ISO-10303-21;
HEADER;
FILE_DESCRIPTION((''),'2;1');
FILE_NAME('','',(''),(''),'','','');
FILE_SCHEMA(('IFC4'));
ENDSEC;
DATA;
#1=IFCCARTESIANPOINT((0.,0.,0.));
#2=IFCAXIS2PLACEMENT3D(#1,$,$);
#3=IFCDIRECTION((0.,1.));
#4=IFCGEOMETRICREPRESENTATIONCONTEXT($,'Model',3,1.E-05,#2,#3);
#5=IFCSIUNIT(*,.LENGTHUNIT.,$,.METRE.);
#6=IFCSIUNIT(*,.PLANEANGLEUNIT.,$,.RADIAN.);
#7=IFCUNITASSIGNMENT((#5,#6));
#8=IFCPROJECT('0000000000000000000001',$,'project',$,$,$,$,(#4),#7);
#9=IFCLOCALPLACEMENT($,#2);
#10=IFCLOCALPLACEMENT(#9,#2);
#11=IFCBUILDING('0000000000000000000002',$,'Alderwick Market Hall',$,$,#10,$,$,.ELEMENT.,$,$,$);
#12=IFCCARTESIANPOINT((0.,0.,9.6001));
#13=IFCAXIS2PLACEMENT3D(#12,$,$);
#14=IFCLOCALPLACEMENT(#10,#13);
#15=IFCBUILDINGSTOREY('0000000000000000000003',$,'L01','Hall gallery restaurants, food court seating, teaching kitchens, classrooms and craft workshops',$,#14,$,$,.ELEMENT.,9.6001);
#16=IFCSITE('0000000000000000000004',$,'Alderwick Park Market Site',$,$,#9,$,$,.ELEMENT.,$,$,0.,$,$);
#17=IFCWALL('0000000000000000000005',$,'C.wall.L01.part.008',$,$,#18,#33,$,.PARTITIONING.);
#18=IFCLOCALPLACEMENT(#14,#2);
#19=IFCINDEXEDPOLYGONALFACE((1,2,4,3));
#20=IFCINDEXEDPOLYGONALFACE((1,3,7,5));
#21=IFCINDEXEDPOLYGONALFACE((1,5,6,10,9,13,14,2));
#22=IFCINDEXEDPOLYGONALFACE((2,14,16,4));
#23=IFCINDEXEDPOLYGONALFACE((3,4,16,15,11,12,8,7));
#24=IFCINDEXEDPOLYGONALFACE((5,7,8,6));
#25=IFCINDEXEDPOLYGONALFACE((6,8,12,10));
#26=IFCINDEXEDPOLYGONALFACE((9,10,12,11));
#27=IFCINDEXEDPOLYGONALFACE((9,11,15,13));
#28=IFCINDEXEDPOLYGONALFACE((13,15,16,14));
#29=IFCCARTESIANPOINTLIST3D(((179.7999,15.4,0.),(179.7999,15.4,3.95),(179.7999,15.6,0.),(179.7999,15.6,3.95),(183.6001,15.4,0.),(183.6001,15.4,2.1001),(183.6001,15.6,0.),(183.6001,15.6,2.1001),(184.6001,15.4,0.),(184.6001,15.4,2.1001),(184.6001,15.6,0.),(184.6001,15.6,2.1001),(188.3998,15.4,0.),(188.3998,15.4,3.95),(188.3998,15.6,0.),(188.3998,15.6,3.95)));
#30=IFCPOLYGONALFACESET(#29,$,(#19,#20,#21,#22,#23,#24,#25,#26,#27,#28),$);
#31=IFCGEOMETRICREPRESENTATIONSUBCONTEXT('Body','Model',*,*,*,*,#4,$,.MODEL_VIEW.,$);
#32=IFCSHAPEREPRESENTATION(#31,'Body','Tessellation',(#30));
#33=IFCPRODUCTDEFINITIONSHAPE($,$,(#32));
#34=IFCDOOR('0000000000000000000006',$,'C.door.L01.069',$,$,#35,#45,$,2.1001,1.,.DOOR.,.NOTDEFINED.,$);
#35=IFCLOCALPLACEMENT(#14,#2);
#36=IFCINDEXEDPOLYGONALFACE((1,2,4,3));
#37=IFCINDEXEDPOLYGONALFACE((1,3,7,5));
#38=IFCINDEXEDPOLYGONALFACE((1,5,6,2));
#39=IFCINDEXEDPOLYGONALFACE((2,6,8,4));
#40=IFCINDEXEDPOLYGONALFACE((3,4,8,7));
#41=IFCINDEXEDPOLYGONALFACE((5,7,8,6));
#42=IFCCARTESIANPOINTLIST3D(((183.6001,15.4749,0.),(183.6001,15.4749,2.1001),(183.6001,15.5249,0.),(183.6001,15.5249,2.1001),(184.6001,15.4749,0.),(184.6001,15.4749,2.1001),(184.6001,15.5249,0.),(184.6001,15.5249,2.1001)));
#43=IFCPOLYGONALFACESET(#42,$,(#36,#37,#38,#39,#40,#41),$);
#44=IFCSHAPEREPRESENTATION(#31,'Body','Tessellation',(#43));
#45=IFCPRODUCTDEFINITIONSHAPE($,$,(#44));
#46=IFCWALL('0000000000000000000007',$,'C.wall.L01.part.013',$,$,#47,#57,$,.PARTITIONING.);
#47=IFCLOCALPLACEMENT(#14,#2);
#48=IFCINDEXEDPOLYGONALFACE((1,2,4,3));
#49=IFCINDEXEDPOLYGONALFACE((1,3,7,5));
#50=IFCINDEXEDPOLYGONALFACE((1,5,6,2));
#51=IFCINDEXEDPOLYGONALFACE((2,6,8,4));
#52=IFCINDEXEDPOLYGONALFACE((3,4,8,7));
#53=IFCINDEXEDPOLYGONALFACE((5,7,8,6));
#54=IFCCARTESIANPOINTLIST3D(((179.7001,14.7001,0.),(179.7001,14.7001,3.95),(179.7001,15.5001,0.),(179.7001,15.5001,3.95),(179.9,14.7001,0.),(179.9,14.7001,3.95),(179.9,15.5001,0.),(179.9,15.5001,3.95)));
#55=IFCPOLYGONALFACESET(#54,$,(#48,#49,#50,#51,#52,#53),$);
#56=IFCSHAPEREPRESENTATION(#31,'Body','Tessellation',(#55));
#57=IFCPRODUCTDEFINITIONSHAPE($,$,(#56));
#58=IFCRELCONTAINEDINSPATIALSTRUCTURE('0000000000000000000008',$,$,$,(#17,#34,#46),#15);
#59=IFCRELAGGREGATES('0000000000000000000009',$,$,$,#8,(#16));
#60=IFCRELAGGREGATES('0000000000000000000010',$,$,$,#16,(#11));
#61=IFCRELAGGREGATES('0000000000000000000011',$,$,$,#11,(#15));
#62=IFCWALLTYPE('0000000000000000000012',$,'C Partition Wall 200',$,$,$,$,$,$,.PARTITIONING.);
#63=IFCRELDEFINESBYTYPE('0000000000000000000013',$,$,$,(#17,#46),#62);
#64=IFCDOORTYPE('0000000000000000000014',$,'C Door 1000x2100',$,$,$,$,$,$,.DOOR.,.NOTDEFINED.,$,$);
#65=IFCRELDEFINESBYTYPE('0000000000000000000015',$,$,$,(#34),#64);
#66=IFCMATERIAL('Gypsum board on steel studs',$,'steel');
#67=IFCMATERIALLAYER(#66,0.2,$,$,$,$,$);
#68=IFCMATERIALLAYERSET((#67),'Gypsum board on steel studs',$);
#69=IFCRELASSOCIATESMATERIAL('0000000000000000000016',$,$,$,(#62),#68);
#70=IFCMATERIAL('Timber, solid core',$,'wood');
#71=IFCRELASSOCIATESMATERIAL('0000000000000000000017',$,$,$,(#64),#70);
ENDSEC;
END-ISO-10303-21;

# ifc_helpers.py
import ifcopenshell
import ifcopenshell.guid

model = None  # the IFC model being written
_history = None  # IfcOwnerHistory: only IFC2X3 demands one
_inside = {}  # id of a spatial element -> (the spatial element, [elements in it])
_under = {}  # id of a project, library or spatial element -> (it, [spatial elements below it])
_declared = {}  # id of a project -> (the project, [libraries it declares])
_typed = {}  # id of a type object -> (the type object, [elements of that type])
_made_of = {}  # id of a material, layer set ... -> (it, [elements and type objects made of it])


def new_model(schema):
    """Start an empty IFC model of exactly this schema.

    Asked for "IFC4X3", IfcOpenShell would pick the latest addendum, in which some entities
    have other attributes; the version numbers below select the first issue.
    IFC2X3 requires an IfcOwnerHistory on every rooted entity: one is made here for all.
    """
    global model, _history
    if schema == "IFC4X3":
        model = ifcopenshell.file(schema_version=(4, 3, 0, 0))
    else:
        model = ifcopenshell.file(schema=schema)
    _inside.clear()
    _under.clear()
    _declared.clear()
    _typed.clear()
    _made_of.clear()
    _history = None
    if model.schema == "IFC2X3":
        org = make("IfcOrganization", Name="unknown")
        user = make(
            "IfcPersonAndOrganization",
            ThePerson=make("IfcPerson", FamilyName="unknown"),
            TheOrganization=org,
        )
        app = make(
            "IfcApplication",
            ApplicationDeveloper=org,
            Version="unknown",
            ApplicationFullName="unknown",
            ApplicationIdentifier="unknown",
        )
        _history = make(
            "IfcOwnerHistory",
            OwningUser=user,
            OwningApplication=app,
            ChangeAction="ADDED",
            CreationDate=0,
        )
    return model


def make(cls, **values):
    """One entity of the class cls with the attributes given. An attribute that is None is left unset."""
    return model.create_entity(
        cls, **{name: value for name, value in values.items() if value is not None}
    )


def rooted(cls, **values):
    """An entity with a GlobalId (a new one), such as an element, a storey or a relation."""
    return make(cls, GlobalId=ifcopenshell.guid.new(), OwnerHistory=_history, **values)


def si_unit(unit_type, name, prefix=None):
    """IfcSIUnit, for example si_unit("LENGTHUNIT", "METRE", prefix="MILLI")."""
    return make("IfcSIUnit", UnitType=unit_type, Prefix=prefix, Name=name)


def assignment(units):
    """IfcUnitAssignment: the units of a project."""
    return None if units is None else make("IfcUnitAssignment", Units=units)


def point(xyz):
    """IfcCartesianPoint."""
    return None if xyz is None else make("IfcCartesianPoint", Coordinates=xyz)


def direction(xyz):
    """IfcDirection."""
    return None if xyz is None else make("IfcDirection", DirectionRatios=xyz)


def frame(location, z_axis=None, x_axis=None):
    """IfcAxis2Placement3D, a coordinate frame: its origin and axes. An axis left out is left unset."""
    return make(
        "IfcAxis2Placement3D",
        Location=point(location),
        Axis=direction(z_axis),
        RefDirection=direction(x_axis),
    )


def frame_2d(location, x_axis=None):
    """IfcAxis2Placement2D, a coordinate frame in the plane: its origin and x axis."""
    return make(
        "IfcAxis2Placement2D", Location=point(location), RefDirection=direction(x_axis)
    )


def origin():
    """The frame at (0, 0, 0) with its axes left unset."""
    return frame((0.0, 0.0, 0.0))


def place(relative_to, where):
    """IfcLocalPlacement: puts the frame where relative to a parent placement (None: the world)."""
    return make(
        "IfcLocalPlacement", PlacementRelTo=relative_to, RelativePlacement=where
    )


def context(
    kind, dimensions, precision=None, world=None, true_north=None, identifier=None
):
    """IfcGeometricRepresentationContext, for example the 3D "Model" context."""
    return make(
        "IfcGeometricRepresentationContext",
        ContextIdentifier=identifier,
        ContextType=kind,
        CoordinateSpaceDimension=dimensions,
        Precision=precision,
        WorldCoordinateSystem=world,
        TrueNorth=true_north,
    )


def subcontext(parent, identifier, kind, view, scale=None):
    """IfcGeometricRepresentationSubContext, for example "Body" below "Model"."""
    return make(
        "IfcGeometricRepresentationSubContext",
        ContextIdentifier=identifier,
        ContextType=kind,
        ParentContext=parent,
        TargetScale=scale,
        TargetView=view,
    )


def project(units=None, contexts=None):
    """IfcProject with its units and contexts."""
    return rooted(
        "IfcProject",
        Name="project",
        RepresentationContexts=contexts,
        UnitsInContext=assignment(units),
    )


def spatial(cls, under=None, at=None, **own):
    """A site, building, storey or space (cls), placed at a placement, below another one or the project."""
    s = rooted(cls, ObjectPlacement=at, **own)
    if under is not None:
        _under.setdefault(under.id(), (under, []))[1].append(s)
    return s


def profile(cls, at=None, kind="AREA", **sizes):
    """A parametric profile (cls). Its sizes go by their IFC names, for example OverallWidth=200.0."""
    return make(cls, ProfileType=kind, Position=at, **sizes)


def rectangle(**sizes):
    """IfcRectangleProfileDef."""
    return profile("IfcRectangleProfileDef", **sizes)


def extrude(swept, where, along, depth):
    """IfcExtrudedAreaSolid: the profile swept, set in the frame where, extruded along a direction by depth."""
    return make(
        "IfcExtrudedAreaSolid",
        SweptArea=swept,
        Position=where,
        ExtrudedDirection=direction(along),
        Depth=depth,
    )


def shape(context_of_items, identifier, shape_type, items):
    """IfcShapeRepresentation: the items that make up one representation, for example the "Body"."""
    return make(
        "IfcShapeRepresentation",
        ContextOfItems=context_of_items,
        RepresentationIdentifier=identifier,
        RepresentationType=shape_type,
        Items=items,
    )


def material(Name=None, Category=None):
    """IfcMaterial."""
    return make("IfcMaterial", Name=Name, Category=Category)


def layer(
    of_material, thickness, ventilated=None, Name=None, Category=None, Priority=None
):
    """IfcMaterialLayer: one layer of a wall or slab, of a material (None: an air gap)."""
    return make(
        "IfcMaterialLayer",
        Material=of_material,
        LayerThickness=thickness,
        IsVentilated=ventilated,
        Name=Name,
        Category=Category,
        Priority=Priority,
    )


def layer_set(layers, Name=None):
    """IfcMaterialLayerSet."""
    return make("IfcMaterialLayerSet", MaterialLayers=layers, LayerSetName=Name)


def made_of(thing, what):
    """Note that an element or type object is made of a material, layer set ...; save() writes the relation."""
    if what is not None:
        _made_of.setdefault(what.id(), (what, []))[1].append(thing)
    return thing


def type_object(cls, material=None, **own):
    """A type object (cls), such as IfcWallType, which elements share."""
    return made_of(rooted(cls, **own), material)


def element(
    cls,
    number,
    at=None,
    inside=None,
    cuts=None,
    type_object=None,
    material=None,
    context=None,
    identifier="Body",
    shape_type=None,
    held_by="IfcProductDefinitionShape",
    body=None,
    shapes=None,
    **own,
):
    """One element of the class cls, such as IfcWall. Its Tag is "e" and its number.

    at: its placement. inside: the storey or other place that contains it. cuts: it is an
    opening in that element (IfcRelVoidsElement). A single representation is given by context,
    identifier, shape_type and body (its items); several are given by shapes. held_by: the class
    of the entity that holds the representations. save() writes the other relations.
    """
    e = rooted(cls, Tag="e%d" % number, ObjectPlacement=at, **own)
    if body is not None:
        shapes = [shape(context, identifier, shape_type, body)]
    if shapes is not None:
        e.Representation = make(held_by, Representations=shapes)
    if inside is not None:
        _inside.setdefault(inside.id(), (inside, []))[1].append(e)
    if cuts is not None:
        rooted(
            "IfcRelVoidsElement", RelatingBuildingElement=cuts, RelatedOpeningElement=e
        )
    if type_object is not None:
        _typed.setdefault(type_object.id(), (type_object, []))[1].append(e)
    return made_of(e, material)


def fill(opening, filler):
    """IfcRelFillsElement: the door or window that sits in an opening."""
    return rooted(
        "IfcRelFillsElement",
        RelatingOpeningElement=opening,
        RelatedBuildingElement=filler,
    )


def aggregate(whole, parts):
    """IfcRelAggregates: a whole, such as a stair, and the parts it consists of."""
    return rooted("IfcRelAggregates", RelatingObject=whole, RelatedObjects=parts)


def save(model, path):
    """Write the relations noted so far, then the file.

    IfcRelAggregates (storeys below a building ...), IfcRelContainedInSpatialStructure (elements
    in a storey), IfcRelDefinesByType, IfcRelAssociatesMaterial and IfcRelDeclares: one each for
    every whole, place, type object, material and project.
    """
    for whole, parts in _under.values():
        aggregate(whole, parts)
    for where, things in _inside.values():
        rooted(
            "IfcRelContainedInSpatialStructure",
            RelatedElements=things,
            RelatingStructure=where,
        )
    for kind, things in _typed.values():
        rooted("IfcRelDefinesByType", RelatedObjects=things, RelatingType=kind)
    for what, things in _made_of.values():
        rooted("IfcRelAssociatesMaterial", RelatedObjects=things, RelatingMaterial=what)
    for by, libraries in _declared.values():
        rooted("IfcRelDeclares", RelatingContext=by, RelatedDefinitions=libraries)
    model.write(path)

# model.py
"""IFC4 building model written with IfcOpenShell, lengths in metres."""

from ifc_helpers import new_model, si_unit, direction, frame, frame_2d, origin, place, context, subcontext, project, spatial, rectangle, extrude, material, layer, layer_set, type_object, element, fill, save


model = new_model("IFC4")

# Units and contexts
model_context = context("Model", 3, precision=1e-05, world=origin(), true_north=direction((0.0, 1.0)))
body_context = subcontext(model_context, "Body", "Model", "MODEL_VIEW")
ifc_project = project(units=[si_unit("LENGTHUNIT", "METRE"), si_unit("PLANEANGLEUNIT", "RADIAN")], contexts=[model_context])

# Site, building, storey
site_placement = place(None, origin())
site = spatial("IfcSite", under=ifc_project, at=site_placement, Name="Alderwick Park Market Site", CompositionType="ELEMENT", RefElevation=0.0)
building_placement = place(site_placement, origin())
building = spatial("IfcBuilding", under=site, at=building_placement, Name="Alderwick Market Hall", CompositionType="ELEMENT")
storey_placement = place(building_placement, frame((0.0, 0.0, 9.6001)))
storey = spatial("IfcBuildingStorey", under=building, at=storey_placement, Name="L01", Description="Hall gallery restaurants, food court seating, teaching kitchens, classrooms and craft workshops", CompositionType="ELEMENT", Elevation=9.6001)

# Shared definitions
ifc_material_1 = material(Name="Gypsum board on steel studs", Category="steel")

# Wall, opening, door
ifc_layer_1 = layer(ifc_material_1, 0.2)
ifc_layer_set_1 = layer_set([ifc_layer_1], Name="Gypsum board on steel studs")
wall_type_1 = type_object("IfcWallType", Name="C Partition Wall 200", PredefinedType="PARTITIONING", material=ifc_layer_set_1)
wall_1_placement = place(storey_placement, frame((179.8, 15.5, 0.0), z_axis=(0.0, 0.0, 1.0), x_axis=(1.0, 0.0, 0.0)))
wall_1 = element("IfcWall", 1, at=wall_1_placement, inside=storey, type_object=wall_type_1, Name="C.wall.L01.part.008", PredefinedType="PARTITIONING", context=body_context, shape_type="SweptSolid", body=[
    extrude(rectangle(XDim=8.5999, YDim=0.2, at=frame_2d((4.2998, 0.0))), origin(), (0.0, 0.0, 1.0), 3.95),
])
opening_1_placement = place(wall_1_placement, frame((3.8, 0.0, 0.0)))
opening_1 = element("IfcOpeningElement", 2, at=opening_1_placement, cuts=wall_1, PredefinedType="OPENING", context=body_context, shape_type="SweptSolid", body=[
    extrude(rectangle(XDim=1.0, YDim=2.1001, at=frame_2d((0.5, 1.05))), frame((0.0, 0.1099, 0.0), z_axis=(0.0, -1.0, 0.0), x_axis=(1.0, 0.0, 0.0)), (0.0, 0.0, 1.0), 0.22),
])
ifc_material_2 = material(Name="Timber, solid core", Category="wood")
door_type_1 = type_object("IfcDoorType", Name="C Door 1000x2100", OperationType="NOTDEFINED", PredefinedType="DOOR", material=ifc_material_2)
door_1_placement = place(opening_1_placement, origin())
door_1 = element("IfcDoor", 3, at=door_1_placement, inside=storey, type_object=door_type_1, Name="C.door.L01.069", OperationType="NOTDEFINED", OverallHeight=2.1001, OverallWidth=1.0, PredefinedType="DOOR", context=body_context, shape_type="SweptSolid", body=[
    extrude(rectangle(XDim=1.0, YDim=2.1001, at=frame_2d((0.5, 1.05))), frame((0.0, 0.0249, 0.0), z_axis=(0.0, -1.0, 0.0), x_axis=(1.0, 0.0, 0.0)), (0.0, 0.0, 1.0), 0.05),
])
fill(opening_1, door_1)

# Wall
wall_2_placement = place(storey_placement, frame((179.8, 15.5, 0.0), z_axis=(0.0, 0.0, 1.0), x_axis=(0.0, -1.0, 0.0)))
element("IfcWall", 4, at=wall_2_placement, inside=storey, type_object=wall_type_1, Name="C.wall.L01.part.013", PredefinedType="PARTITIONING", context=body_context, shape_type="SweptSolid", body=[
    extrude(rectangle(XDim=0.8, YDim=0.2, at=frame_2d((0.3999, 0.0))), origin(), (0.0, 0.0, 1.0), 3.95),
])

save(model, "model.ifc")
